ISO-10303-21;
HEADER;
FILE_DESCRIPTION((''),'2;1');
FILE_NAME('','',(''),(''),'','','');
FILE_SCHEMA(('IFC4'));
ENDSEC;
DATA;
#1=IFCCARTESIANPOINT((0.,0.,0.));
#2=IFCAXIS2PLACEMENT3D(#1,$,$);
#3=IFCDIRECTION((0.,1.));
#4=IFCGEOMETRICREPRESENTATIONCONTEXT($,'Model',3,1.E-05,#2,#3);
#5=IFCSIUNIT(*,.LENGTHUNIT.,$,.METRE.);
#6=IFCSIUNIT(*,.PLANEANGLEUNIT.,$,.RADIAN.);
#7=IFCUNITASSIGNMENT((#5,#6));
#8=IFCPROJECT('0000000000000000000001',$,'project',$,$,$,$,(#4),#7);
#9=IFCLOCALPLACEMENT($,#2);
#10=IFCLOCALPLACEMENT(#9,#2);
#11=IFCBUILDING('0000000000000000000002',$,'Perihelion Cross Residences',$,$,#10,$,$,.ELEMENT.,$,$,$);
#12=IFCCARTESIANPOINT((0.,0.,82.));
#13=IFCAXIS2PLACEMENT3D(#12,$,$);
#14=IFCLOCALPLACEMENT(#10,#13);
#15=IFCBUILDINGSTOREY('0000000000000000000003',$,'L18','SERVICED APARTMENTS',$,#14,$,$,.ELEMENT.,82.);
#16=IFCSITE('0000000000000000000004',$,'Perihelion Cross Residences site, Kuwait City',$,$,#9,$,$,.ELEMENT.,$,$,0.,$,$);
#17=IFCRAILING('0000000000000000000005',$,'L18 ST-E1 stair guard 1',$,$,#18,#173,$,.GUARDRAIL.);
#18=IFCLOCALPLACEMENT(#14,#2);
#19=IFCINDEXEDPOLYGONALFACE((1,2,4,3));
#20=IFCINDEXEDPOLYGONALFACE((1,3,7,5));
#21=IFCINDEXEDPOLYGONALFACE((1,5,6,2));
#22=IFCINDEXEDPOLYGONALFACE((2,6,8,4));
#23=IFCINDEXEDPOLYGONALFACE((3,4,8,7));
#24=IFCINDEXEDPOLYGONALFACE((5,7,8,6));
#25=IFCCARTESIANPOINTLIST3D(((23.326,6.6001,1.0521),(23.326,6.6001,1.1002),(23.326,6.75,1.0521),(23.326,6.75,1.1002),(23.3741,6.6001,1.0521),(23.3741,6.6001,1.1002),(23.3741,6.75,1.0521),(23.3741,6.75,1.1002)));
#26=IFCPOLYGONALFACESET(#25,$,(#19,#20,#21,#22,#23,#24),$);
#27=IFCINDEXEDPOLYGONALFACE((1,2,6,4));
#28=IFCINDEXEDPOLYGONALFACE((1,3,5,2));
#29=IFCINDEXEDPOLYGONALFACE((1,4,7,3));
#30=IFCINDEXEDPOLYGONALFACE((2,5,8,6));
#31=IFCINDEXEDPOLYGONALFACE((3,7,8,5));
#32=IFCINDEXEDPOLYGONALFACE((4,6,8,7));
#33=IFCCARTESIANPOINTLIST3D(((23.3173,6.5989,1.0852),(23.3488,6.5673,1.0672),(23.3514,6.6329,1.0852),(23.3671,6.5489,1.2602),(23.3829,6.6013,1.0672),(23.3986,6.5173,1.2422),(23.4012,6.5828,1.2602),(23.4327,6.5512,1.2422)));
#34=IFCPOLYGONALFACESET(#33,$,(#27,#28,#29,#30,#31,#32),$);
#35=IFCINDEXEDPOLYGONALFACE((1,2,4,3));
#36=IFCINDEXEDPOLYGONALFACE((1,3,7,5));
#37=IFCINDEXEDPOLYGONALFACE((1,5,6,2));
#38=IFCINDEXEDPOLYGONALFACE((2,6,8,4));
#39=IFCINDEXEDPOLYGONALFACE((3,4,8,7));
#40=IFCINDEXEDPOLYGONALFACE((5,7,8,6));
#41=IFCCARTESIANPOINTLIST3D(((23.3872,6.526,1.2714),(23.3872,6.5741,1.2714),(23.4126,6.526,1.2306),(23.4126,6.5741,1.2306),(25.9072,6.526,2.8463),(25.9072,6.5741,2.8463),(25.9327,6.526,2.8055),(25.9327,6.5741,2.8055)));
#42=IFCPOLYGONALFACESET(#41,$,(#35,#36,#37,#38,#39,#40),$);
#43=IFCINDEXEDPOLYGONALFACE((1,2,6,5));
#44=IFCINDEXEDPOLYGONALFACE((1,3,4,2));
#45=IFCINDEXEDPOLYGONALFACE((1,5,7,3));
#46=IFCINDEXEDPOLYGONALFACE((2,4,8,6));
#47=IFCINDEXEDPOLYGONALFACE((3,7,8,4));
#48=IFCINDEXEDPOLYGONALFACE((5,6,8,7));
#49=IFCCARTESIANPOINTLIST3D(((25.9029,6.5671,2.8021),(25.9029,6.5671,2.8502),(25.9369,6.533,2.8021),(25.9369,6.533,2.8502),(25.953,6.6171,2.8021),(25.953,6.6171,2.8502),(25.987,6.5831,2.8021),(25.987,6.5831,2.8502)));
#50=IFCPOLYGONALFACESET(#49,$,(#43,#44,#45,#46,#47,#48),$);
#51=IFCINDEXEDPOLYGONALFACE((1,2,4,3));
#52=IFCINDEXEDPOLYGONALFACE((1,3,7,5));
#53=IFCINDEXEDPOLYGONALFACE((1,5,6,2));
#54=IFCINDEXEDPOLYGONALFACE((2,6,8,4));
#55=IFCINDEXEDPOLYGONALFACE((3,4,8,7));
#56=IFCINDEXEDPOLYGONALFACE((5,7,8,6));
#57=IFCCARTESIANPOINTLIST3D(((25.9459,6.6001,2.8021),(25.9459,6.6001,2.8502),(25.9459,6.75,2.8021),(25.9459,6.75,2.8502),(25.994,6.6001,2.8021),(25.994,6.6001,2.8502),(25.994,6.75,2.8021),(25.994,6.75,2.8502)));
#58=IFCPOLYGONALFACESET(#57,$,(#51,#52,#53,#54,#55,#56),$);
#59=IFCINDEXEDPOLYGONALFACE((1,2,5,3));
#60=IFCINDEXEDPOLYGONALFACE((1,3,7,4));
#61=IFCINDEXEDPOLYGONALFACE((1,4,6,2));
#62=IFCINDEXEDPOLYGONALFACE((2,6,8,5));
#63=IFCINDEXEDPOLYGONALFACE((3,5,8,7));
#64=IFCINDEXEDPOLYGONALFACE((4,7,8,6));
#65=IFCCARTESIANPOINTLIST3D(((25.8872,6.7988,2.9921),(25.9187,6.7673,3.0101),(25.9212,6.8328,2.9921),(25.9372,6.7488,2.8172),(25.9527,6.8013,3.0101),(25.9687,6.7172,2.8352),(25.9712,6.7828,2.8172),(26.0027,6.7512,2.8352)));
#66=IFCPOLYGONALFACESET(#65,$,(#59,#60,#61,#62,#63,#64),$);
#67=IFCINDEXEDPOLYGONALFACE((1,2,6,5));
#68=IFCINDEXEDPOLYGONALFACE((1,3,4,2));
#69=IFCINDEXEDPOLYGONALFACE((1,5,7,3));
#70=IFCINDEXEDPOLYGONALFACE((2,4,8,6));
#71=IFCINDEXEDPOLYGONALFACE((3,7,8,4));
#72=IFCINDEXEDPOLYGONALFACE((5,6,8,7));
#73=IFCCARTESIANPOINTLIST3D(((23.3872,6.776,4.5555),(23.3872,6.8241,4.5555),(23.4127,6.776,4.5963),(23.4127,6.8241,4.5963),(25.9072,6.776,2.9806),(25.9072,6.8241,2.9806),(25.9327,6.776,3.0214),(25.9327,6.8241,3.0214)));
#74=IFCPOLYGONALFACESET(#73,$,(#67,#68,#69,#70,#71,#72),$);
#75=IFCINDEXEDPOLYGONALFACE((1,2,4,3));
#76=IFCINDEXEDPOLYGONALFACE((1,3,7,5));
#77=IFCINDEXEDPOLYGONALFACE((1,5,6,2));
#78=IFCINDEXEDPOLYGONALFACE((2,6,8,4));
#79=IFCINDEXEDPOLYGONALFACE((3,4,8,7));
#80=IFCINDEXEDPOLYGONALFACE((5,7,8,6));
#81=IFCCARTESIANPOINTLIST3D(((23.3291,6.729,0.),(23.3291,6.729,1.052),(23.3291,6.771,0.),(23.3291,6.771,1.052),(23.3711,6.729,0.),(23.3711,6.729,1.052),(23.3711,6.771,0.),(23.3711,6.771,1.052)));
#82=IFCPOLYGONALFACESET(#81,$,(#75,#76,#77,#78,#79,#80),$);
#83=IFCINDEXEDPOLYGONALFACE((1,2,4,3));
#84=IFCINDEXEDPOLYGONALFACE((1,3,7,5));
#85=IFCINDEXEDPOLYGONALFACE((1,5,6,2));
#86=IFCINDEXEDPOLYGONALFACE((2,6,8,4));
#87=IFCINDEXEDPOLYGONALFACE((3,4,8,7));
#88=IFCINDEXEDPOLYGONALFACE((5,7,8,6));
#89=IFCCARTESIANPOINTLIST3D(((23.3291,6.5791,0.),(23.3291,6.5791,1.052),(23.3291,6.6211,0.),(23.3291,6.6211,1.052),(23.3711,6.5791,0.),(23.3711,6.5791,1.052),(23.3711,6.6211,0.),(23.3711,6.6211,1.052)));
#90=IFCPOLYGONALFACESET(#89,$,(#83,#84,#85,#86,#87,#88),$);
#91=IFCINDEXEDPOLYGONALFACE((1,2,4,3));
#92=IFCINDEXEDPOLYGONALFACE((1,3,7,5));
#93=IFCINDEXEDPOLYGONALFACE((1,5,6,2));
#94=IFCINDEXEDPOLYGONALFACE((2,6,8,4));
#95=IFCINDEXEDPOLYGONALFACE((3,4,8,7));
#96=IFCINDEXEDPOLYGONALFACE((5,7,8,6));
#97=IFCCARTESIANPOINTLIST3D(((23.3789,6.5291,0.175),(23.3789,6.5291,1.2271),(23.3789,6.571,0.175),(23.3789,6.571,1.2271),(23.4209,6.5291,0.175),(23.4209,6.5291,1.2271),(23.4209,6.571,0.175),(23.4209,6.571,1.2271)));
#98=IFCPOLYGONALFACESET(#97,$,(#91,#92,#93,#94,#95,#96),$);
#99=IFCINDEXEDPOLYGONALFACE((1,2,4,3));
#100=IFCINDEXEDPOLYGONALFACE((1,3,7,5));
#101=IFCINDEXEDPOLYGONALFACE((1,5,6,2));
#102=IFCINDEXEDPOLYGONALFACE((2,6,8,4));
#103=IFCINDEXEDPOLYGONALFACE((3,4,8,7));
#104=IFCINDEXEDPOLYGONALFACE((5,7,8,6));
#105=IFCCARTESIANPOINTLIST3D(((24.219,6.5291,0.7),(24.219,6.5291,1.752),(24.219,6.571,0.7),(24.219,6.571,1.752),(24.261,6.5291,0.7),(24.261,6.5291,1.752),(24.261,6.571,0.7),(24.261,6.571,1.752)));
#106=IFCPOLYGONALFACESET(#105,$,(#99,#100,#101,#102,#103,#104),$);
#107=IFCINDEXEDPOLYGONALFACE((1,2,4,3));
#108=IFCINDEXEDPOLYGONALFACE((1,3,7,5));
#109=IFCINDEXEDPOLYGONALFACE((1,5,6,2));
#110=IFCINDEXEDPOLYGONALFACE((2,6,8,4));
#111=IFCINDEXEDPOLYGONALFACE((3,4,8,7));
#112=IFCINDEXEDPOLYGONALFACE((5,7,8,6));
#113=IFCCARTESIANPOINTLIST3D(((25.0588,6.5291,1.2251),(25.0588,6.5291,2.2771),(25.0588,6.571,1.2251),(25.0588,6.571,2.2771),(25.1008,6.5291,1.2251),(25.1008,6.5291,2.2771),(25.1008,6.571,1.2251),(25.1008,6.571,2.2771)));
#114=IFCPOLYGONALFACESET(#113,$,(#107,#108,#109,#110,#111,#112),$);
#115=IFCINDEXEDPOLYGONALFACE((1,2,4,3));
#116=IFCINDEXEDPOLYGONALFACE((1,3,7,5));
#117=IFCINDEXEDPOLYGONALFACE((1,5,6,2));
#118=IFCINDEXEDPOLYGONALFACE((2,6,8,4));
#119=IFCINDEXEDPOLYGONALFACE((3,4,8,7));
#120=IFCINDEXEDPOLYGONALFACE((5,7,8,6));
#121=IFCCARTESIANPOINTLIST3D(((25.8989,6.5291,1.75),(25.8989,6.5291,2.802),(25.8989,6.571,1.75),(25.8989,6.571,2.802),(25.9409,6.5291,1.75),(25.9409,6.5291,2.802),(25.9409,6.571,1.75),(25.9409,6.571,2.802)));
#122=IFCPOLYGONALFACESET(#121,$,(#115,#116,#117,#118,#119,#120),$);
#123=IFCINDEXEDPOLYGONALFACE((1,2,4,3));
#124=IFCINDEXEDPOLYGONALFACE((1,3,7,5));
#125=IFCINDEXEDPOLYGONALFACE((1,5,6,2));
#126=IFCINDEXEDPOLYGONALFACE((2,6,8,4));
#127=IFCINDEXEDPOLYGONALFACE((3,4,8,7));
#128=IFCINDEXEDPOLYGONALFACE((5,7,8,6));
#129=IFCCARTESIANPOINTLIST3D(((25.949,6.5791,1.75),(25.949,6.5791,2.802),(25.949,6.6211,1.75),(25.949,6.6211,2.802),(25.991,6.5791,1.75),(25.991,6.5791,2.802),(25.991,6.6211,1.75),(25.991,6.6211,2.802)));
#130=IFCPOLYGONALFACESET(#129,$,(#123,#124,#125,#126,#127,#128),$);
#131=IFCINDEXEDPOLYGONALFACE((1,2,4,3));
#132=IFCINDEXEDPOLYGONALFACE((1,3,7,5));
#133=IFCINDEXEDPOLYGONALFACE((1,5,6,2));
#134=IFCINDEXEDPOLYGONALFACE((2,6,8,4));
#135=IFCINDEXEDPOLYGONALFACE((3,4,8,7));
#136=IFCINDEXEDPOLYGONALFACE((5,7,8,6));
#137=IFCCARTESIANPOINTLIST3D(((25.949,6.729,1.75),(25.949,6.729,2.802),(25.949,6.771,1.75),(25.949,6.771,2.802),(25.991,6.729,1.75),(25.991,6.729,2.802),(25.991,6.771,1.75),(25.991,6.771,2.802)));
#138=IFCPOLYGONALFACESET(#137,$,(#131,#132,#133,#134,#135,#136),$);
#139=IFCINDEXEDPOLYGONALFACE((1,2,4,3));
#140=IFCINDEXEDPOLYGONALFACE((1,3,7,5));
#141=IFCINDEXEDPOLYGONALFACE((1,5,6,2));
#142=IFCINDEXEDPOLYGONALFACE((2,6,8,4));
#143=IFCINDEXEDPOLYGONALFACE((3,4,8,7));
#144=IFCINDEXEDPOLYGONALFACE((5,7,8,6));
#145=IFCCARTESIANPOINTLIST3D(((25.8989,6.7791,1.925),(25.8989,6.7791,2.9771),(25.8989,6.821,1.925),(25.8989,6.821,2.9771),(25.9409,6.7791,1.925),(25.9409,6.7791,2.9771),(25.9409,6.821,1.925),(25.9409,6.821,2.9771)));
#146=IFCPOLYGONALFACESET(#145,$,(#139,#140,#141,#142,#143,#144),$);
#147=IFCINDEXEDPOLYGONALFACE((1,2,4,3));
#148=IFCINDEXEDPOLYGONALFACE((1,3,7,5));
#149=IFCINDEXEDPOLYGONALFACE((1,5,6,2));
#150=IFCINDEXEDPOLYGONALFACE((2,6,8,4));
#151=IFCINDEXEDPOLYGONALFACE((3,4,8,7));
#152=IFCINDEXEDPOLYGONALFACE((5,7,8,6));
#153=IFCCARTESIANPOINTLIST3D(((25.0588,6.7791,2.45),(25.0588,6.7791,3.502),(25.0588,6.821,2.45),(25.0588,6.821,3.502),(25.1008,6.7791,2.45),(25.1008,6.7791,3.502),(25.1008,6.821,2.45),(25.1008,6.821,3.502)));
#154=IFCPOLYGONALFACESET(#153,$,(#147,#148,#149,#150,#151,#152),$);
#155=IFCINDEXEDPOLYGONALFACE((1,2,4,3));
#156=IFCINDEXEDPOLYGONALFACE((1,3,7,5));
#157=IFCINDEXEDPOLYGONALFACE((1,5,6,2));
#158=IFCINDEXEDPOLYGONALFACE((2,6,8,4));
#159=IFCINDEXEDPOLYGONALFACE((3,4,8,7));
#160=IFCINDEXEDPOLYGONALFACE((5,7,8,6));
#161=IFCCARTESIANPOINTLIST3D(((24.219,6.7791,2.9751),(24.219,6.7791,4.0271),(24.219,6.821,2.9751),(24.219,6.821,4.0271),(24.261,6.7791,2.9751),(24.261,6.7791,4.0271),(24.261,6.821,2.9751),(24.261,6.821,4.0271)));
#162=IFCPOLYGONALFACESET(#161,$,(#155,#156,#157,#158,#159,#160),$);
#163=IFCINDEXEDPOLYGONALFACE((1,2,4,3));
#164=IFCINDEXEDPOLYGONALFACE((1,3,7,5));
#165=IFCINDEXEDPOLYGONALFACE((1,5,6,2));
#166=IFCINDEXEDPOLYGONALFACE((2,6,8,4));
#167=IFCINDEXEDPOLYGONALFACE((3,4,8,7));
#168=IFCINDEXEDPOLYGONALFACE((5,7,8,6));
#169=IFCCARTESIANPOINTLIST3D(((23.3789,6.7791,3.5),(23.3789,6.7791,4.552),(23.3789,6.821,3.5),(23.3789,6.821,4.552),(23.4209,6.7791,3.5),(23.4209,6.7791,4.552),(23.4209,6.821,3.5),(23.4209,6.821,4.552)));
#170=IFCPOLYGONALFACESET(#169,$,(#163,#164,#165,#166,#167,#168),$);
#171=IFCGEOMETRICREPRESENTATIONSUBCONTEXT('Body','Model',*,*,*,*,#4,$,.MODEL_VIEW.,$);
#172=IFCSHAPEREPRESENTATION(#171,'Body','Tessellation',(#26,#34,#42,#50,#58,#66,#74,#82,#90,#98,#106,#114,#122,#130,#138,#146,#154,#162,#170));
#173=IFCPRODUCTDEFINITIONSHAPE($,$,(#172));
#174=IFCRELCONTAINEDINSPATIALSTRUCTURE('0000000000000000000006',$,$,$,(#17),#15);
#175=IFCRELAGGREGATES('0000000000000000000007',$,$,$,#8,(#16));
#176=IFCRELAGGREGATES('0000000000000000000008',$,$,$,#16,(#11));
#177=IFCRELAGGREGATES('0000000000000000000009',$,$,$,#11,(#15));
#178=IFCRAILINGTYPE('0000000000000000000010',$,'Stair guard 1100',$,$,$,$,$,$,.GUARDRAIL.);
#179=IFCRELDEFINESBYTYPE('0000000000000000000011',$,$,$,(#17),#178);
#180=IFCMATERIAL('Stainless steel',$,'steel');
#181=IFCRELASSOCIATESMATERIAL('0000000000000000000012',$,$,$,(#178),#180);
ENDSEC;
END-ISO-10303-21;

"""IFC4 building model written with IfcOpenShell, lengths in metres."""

from ifc_helpers import new_model, si_unit, direction, frame, origin, origin_2d, place, context, subcontext, project, spatial, rectangle, extrude, material, type_object, element, save


model = new_model("IFC4")

# Units and contexts
model_context = context("Model", 3, precision=1e-05, world=origin(), true_north=direction((0.0, 1.0)))
body_context = subcontext(model_context, "Body", "Model", "MODEL_VIEW")
ifc_project = project(units=[si_unit("LENGTHUNIT", "METRE"), si_unit("PLANEANGLEUNIT", "RADIAN")], contexts=[model_context])

# Site, building, storey
site_placement = place(None, origin())
site = spatial("IfcSite", under=ifc_project, at=site_placement, Name="Perihelion Cross Residences site, Kuwait City", CompositionType="ELEMENT", RefElevation=0.0)
building_placement = place(site_placement, origin())
building = spatial("IfcBuilding", under=site, at=building_placement, Name="Perihelion Cross Residences", CompositionType="ELEMENT")
storey_placement = place(building_placement, frame((0.0, 0.0, 82.0)))
storey = spatial("IfcBuildingStorey", under=building, at=storey_placement, Name="L18", Description="SERVICED APARTMENTS", CompositionType="ELEMENT", Elevation=82.0)

# Railing
ifc_material_1 = material(Name="Stainless steel", Category="steel")
railing_type = type_object("IfcRailingType", Name="Stair guard 1100", PredefinedType="GUARDRAIL", material=ifc_material_1)
railing_placement = place(storey_placement, frame((23.3501, 6.75, 0.0)))
element("IfcRailing", 1, at=railing_placement, inside=storey, type_object=railing_type, Name="L18 ST-E1 stair guard 1", PredefinedType="GUARDRAIL", context=body_context, shape_type="SweptSolid", body=[
    extrude(rectangle(XDim=0.0481, YDim=0.0481, at=origin_2d()), frame((0.0, 0.0, 1.0762), z_axis=(0.0, -1.0, 0.0), x_axis=(1.0, 0.0, 0.0)), (0.0, 0.0, 1.0), 0.1499),
    extrude(rectangle(XDim=0.0481, YDim=0.0481, at=origin_2d()), frame((0.0, -0.1499, 1.0762), z_axis=(0.263862, -0.265156, 0.927399), x_axis=(0.708834, 0.705376, 0.0)), (0.0, 0.0, 1.0), 0.1887),
    extrude(rectangle(XDim=0.0481, YDim=0.0481, at=origin_2d()), frame((0.0498, -0.2, 1.251), z_axis=(0.848008, 0.0, 0.529984), x_axis=(0.0, 1.0, 0.0)), (0.0, 0.0, 1.0), 2.9717),
    extrude(rectangle(XDim=0.0481, YDim=0.0481, at=origin_2d()), frame((2.5698, -0.2, 2.8262), z_axis=(0.707107, 0.707107, 0.0), x_axis=(-0.707107, 0.707107, 0.0)), (0.0, 0.0, 1.0), 0.0708),
    extrude(rectangle(XDim=0.0481, YDim=0.0481, at=origin_2d()), frame((2.6199, -0.1499, 2.8262), z_axis=(0.0, 1.0, 0.0), x_axis=(-1.0, 0.0, 0.0)), (0.0, 0.0, 1.0), 0.1499),
    extrude(rectangle(XDim=0.0481, YDim=0.0481, at=origin_2d()), frame((2.6199, 0.0, 2.8262), z_axis=(-0.265065, 0.265065, 0.927082), x_axis=(-0.707107, -0.707107, 0.0)), (0.0, 0.0, 1.0), 0.1887),
    extrude(rectangle(XDim=0.0481, YDim=0.0481, at=origin_2d()), frame((2.5698, 0.05, 3.001), z_axis=(-0.848008, 0.0, 0.529984), x_axis=(0.0, -1.0, 0.0)), (0.0, 0.0, 1.0), 2.9717),
    extrude(rectangle(XDim=0.042, YDim=0.042, at=origin_2d()), origin(), (0.0, 0.0, 1.0), 1.052),
    extrude(rectangle(XDim=0.042, YDim=0.042, at=origin_2d()), frame((0.0, -0.1499, 0.0)), (0.0, 0.0, 1.0), 1.052),
    extrude(rectangle(XDim=0.042, YDim=0.042, at=origin_2d()), frame((0.0498, -0.2, 0.175)), (0.0, 0.0, 1.0), 1.052),
    extrude(rectangle(XDim=0.042, YDim=0.042, at=origin_2d()), frame((0.8899, -0.2, 0.7)), (0.0, 0.0, 1.0), 1.052),
    extrude(rectangle(XDim=0.042, YDim=0.042, at=origin_2d()), frame((1.7297, -0.2, 1.2251)), (0.0, 0.0, 1.0), 1.052),
    extrude(rectangle(XDim=0.042, YDim=0.042, at=origin_2d()), frame((2.5698, -0.2, 1.75)), (0.0, 0.0, 1.0), 1.052),
    extrude(rectangle(XDim=0.042, YDim=0.042, at=origin_2d()), frame((2.6199, -0.1499, 1.75)), (0.0, 0.0, 1.0), 1.052),
    extrude(rectangle(XDim=0.042, YDim=0.042, at=origin_2d()), frame((2.6199, 0.0, 1.75)), (0.0, 0.0, 1.0), 1.052),
    extrude(rectangle(XDim=0.042, YDim=0.042, at=origin_2d()), frame((2.5698, 0.05, 1.925)), (0.0, 0.0, 1.0), 1.052),
    extrude(rectangle(XDim=0.042, YDim=0.042, at=origin_2d()), frame((1.7297, 0.05, 2.45)), (0.0, 0.0, 1.0), 1.052),
    extrude(rectangle(XDim=0.042, YDim=0.042, at=origin_2d()), frame((0.8899, 0.05, 2.9751)), (0.0, 0.0, 1.0), 1.052),
    extrude(rectangle(XDim=0.042, YDim=0.042, at=origin_2d()), frame((0.0498, 0.05, 3.5)), (0.0, 0.0, 1.0), 1.052),
])

save(model, "model.ifc")
